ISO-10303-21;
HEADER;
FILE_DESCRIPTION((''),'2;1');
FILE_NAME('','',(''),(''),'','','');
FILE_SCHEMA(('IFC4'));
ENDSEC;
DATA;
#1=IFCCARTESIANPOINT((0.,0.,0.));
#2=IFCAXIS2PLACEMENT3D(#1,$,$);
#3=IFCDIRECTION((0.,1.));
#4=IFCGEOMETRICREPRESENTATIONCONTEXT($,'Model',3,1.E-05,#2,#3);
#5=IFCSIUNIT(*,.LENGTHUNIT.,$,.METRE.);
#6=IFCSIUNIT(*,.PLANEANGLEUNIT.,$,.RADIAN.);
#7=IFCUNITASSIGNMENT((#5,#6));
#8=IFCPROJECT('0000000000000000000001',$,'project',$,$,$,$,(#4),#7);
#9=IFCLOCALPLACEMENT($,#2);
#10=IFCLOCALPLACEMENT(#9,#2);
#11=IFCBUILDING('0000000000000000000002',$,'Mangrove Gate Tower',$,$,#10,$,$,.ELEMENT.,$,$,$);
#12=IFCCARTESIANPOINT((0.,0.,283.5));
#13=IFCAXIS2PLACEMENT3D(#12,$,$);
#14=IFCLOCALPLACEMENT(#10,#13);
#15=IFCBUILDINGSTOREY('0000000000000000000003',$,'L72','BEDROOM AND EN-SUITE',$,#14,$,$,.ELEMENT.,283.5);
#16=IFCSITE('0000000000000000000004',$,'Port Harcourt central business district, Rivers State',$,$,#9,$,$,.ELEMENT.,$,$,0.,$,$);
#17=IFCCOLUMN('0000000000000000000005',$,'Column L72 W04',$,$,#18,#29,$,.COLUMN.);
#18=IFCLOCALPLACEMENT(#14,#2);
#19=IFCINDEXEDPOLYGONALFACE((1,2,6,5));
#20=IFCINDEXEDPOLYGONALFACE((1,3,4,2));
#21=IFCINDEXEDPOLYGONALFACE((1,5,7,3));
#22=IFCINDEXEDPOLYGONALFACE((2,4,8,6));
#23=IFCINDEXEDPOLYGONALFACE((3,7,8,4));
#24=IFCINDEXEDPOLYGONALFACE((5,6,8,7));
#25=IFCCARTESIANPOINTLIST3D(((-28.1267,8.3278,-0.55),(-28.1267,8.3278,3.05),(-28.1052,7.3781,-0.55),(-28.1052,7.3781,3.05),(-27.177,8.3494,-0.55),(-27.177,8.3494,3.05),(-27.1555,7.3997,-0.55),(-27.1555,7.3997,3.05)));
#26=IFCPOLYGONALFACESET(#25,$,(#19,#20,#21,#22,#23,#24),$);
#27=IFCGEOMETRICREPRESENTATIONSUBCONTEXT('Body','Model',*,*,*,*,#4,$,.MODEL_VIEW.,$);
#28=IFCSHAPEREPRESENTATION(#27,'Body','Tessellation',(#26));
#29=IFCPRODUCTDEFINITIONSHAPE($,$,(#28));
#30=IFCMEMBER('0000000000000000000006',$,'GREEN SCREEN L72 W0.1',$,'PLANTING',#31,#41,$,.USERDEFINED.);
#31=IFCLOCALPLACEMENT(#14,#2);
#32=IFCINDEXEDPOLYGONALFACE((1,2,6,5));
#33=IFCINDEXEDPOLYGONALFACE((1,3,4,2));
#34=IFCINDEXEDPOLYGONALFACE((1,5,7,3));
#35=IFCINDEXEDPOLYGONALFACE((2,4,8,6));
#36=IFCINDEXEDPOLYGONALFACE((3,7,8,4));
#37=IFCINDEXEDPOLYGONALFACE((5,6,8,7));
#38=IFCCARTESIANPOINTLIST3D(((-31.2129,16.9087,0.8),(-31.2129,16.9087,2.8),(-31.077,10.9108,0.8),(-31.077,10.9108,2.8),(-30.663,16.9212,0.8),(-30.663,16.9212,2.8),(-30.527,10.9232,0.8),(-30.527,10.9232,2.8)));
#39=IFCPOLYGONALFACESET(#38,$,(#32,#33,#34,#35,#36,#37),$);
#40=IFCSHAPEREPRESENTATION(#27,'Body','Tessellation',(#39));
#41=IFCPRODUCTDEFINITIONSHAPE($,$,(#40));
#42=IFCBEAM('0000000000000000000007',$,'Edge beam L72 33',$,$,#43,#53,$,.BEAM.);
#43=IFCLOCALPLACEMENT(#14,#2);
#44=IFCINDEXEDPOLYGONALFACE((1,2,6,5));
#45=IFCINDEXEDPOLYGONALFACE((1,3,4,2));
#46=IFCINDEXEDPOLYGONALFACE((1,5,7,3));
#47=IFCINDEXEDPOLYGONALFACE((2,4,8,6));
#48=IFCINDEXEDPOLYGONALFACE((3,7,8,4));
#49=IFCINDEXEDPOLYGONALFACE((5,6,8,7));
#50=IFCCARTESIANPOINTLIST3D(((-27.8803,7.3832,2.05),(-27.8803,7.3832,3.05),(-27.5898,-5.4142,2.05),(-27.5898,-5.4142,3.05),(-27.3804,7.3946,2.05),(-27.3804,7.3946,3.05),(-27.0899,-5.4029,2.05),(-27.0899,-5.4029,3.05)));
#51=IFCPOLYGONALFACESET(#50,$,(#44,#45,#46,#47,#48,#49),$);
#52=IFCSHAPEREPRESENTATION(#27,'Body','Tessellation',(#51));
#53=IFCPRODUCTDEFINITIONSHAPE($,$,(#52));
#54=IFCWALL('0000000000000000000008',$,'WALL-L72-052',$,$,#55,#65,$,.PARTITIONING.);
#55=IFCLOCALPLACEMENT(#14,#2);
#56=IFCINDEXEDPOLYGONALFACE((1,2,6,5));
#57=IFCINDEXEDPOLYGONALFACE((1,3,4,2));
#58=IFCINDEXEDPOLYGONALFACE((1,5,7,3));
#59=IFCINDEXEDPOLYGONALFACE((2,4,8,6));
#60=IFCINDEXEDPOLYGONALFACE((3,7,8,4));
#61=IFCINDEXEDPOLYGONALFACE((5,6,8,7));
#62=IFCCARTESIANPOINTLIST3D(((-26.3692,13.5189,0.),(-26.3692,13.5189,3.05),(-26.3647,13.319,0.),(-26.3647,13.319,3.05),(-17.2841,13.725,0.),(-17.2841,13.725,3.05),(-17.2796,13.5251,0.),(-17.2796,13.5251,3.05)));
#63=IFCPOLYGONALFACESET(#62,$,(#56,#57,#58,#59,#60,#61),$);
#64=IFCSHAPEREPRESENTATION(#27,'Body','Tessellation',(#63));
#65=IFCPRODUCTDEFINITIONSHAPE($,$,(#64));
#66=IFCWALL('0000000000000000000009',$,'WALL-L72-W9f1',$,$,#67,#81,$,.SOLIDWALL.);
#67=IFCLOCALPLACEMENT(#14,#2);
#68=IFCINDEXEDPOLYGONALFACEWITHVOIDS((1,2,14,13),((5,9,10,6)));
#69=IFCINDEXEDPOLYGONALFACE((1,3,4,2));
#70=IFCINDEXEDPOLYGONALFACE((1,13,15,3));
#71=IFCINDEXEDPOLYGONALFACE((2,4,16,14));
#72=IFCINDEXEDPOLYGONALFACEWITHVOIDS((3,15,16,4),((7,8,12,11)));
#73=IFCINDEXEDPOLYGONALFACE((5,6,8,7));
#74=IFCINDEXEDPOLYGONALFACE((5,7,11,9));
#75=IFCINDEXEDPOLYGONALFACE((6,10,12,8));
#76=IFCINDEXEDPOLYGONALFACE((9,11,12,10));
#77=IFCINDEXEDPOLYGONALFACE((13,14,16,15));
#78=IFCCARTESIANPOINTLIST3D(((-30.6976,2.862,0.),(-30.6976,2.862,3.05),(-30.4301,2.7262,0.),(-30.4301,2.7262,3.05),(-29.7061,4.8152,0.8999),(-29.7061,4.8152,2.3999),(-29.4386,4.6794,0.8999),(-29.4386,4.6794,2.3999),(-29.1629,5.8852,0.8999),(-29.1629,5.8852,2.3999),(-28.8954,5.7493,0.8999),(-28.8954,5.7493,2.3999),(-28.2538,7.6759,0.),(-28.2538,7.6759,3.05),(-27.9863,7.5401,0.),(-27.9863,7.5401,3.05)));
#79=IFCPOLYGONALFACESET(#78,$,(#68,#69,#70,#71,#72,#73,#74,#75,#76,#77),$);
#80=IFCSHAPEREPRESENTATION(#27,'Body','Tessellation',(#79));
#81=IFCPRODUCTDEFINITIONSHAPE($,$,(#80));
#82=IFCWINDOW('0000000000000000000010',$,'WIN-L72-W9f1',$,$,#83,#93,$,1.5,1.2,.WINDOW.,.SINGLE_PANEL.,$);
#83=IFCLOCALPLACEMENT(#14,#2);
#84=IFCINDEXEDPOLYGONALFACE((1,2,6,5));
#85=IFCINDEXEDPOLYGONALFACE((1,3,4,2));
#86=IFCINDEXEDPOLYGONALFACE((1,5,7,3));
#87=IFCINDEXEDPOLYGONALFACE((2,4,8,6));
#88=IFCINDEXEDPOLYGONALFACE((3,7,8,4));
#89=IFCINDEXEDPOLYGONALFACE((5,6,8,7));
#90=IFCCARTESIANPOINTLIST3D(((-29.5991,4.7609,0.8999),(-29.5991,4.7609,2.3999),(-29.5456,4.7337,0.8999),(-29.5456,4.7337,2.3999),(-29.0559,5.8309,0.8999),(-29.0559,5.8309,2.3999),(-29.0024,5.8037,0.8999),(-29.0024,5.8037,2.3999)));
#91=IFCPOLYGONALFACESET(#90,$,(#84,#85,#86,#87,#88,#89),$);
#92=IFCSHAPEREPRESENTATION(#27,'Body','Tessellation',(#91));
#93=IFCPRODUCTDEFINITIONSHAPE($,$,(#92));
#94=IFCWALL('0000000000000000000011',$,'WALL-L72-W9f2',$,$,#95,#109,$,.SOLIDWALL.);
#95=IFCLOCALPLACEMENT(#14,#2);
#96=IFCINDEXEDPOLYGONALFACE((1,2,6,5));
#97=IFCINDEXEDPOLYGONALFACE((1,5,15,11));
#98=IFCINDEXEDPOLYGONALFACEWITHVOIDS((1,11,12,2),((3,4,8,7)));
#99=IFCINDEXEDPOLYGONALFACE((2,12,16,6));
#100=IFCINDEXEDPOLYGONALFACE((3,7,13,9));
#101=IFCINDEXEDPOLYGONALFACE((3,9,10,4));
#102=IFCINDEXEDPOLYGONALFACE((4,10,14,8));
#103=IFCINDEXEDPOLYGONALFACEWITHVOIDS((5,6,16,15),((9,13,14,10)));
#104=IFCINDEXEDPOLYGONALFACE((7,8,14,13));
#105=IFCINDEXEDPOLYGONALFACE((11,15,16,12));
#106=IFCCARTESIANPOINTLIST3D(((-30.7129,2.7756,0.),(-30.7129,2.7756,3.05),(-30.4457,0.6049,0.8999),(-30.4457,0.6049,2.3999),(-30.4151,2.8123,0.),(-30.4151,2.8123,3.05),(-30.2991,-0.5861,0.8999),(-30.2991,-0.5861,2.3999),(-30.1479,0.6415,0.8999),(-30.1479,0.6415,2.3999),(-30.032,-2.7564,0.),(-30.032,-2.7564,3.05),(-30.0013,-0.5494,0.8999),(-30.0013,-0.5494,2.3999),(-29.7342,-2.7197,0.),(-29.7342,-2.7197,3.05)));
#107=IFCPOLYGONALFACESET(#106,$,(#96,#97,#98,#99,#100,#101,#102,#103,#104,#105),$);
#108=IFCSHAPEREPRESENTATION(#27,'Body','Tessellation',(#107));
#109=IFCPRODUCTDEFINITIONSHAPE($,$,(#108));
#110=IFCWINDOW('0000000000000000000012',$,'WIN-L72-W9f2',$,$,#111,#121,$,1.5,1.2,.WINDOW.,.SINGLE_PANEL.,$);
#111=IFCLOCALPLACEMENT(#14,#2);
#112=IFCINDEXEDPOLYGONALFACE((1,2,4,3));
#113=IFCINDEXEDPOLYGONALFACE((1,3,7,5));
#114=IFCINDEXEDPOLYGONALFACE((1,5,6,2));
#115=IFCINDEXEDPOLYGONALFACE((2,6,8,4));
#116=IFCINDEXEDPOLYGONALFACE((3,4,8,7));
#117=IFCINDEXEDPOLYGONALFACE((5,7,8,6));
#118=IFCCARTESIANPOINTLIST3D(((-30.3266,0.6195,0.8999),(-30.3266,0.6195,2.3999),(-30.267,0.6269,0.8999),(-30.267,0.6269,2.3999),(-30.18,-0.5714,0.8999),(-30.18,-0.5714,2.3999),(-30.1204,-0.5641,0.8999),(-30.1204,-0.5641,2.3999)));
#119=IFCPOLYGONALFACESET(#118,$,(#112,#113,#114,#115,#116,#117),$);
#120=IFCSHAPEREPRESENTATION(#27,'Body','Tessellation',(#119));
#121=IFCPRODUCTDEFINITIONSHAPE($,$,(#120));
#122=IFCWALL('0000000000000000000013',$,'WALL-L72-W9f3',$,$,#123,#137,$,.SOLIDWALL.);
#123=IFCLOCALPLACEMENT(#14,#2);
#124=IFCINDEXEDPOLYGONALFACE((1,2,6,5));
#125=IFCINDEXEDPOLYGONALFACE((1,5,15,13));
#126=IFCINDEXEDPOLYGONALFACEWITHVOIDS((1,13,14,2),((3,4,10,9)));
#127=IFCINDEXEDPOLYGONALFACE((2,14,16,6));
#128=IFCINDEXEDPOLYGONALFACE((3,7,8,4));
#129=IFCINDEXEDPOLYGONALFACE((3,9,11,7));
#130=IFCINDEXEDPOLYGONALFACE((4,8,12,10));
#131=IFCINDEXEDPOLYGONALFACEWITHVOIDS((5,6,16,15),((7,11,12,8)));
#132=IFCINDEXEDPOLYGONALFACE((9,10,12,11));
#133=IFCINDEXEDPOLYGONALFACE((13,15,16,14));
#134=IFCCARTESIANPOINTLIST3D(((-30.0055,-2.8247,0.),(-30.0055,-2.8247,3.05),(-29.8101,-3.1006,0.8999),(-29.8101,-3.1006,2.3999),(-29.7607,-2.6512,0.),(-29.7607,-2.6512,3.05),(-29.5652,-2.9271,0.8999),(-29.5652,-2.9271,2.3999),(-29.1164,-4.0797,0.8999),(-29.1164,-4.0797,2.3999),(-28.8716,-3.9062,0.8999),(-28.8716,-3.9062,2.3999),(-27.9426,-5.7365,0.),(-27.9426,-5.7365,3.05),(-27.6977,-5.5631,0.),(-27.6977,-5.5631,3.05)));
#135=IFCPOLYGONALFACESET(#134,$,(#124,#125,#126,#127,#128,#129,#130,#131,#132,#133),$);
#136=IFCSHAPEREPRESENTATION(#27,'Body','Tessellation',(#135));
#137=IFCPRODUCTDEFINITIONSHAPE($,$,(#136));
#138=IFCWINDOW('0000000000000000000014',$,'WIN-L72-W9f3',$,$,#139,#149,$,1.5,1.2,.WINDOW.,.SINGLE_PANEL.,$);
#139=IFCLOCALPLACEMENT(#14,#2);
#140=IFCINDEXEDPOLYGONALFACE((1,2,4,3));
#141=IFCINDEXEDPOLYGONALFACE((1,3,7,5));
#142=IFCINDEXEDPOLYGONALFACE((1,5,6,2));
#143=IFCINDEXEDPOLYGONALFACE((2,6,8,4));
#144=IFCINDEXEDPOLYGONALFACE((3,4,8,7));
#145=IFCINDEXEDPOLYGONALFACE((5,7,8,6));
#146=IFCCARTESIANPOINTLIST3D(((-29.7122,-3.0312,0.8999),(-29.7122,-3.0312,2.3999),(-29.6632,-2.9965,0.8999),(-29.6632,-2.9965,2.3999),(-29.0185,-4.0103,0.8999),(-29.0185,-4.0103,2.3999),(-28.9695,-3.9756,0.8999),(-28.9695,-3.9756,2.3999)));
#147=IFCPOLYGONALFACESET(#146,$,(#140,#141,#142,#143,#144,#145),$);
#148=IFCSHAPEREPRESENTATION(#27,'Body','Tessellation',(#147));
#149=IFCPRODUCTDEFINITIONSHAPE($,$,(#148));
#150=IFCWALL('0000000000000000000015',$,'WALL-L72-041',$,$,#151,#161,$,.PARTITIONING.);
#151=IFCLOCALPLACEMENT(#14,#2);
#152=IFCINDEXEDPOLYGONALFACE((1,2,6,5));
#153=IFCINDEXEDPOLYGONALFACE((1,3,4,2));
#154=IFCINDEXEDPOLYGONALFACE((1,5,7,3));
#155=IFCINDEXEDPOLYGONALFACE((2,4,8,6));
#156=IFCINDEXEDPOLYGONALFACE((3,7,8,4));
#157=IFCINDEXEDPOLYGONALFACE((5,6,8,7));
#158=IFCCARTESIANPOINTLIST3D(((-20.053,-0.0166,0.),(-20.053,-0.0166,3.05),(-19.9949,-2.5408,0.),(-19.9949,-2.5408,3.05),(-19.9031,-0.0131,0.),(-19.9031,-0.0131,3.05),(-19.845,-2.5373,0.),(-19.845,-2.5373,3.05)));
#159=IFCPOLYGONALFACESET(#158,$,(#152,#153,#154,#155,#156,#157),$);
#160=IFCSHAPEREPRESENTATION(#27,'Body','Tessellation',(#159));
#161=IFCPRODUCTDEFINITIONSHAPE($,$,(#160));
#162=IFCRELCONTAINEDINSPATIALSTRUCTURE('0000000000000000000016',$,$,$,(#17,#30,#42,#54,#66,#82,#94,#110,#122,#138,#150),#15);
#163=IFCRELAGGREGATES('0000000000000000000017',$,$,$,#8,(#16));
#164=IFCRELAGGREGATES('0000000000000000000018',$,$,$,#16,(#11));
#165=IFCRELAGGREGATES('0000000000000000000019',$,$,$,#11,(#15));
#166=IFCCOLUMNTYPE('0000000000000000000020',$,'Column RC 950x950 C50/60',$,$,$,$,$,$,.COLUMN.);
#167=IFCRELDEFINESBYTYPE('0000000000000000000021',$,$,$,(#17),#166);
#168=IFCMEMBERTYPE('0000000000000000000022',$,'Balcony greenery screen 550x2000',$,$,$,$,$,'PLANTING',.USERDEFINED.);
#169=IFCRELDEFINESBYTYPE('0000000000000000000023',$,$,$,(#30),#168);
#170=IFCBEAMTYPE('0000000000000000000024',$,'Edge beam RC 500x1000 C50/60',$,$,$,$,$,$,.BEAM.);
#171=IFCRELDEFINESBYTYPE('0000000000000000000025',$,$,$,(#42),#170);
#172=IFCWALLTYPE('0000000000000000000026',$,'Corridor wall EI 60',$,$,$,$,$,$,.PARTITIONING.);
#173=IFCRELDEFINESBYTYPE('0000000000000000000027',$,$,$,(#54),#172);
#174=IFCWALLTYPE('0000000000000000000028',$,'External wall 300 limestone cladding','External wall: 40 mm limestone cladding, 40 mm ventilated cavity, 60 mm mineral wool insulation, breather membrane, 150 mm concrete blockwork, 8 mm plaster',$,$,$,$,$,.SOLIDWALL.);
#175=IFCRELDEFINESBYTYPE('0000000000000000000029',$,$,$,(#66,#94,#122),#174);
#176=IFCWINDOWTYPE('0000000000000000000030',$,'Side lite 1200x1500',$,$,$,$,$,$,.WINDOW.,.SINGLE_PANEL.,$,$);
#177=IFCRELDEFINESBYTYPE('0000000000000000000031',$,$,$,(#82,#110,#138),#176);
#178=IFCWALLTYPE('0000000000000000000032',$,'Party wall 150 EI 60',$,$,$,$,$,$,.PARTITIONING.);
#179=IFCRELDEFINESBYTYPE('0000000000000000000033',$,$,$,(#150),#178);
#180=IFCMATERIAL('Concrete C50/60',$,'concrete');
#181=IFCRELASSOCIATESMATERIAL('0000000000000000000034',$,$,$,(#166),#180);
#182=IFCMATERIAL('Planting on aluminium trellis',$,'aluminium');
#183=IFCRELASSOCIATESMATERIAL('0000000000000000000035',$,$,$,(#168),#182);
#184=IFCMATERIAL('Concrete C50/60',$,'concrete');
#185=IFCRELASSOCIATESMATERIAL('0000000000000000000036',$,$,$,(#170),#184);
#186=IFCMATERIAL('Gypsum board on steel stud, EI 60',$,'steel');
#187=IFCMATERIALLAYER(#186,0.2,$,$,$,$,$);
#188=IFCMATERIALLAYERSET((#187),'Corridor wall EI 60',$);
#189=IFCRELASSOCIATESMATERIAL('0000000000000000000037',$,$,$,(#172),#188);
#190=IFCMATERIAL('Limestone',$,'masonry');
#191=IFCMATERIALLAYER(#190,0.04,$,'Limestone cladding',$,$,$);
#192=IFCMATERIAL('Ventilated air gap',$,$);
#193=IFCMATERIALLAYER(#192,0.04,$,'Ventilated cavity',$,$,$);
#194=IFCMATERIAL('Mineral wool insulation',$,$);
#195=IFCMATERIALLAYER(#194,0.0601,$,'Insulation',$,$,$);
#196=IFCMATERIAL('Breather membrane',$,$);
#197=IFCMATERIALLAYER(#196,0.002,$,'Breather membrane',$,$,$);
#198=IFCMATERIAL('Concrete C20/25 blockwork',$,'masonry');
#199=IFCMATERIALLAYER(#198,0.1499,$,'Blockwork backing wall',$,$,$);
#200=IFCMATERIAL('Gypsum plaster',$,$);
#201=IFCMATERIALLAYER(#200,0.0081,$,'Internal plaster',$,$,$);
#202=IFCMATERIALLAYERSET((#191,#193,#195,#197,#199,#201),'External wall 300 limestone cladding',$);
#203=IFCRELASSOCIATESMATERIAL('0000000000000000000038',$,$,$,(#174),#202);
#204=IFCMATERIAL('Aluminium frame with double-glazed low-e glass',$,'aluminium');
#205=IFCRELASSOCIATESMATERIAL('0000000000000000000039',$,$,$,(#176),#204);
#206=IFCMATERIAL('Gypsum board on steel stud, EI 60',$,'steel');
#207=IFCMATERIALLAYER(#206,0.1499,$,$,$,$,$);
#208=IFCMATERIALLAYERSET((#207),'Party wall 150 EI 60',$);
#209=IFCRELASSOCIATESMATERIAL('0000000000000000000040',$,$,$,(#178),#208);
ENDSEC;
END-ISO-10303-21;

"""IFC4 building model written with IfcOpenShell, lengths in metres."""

from ifc_helpers import new_model, si_unit, direction, frame, frame_2d, origin, origin_2d, place, context, subcontext, project, spatial, rectangle, extrude, material, layer, layer_set, material_profile, profile_set, type_object, element, fill, save


model = new_model("IFC4")

# Units and contexts
model_context = context("Model", 3, precision=1e-05, world=origin(), true_north=direction((0.0, 1.0)))
body_context = subcontext(model_context, "Body", "Model", "MODEL_VIEW")
ifc_project = project(units=[si_unit("LENGTHUNIT", "METRE"), si_unit("PLANEANGLEUNIT", "RADIAN")], contexts=[model_context])

# Site, building, storey
site_placement = place(None, origin())
site = spatial("IfcSite", under=ifc_project, at=site_placement, Name="Port Harcourt central business district, Rivers State", CompositionType="ELEMENT", RefElevation=0.0)
building_placement = place(site_placement, origin())
building = spatial("IfcBuilding", under=site, at=building_placement, Name="Mangrove Gate Tower", CompositionType="ELEMENT")
storey_placement = place(building_placement, frame((0.0, 0.0, 283.5)))
storey = spatial("IfcBuildingStorey", under=building, at=storey_placement, Name="L72", Description="BEDROOM AND EN-SUITE", CompositionType="ELEMENT", Elevation=283.5)

# Column
ifc_material_1 = material(Name="Concrete C50/60", Category="concrete")
ifc_material_profile_1 = material_profile(ifc_material_1, rectangle(XDim=0.95, YDim=0.95, at=origin_2d()))
ifc_profile_set_1 = profile_set([ifc_material_profile_1], Name="Concrete C50/60")
column_type = type_object("IfcColumnType", Name="Column RC 950x950 C50/60", PredefinedType="COLUMN", material=ifc_profile_set_1)
column_placement = place(storey_placement, frame((-27.6411, 7.8638, -0.55), z_axis=(0.0, 0.0, 1.0), x_axis=(0.022688, -0.999743, 0.0)))
element("IfcColumn", 1, at=column_placement, inside=storey, type_object=column_type, Name="Column L72 W04", PredefinedType="COLUMN", context=body_context, shape_type="SweptSolid", body=[
    extrude(rectangle(XDim=0.95, YDim=0.95, at=origin_2d()), origin(), (0.0, 0.0, 1.0), 3.6001),
])

# Member
ifc_material_2 = material(Name="Planting on aluminium trellis", Category="aluminium")
ifc_material_profile_2 = material_profile(ifc_material_2, rectangle(XDim=0.55, YDim=2.0, at=origin_2d()))
ifc_profile_set_2 = profile_set([ifc_material_profile_2], Name="Planting on aluminium trellis")
member_type = type_object("IfcMemberType", Name="Balcony greenery screen 550x2000", ElementType="PLANTING", PredefinedType="USERDEFINED", material=ifc_profile_set_2)
member_placement = place(storey_placement, frame((-30.802, 10.917, 1.8), z_axis=(-0.022666, 0.999743, 0.0), x_axis=(-0.999743, -0.022666, 0.0)))
element("IfcMember", 2, at=member_placement, inside=storey, type_object=member_type, Name="GREEN SCREEN L72 W0.1", ObjectType="PLANTING", PredefinedType="USERDEFINED", context=body_context, shape_type="SweptSolid", body=[
    extrude(rectangle(XDim=0.55, YDim=2.0, at=origin_2d()), origin(), (0.0, 0.0, 1.0), 5.9995),
])

# Beam
ifc_material_3 = material(Name="Concrete C50/60", Category="concrete")
ifc_material_profile_3 = material_profile(ifc_material_3, rectangle(XDim=0.5, YDim=1.0, at=origin_2d()))
ifc_profile_set_3 = profile_set([ifc_material_profile_3], Name="Concrete C50/60")
beam_type = type_object("IfcBeamType", Name="Edge beam RC 500x1000 C50/60", PredefinedType="BEAM", material=ifc_profile_set_3)
beam_placement = place(storey_placement, frame((-27.6304, 7.3889, 2.55), z_axis=(0.022696, -0.999742, 0.0), x_axis=(0.999742, 0.022696, 0.0)))
element("IfcBeam", 3, at=beam_placement, inside=storey, type_object=beam_type, Name="Edge beam L72 33", PredefinedType="BEAM", context=body_context, shape_type="SweptSolid", body=[
    extrude(rectangle(XDim=0.5, YDim=1.0, at=origin_2d()), origin(), (0.0, 0.0, 1.0), 12.8008),
])

# Wall
ifc_material_4 = material(Name="Gypsum board on steel stud, EI 60", Category="steel")
ifc_layer_1 = layer(ifc_material_4, 0.2)
ifc_layer_set_1 = layer_set([ifc_layer_1], Name="Corridor wall EI 60")
wall_type_1 = type_object("IfcWallType", Name="Corridor wall EI 60", PredefinedType="PARTITIONING", material=ifc_layer_set_1)
wall_1_placement = place(storey_placement, frame((-26.3669, 13.4189, 0.0), z_axis=(0.0, 0.0, 1.0), x_axis=(0.999743, 0.022675, 0.0)))
element("IfcWall", 4, at=wall_1_placement, inside=storey, type_object=wall_type_1, Name="WALL-L72-052", PredefinedType="PARTITIONING", context=body_context, shape_type="SweptSolid", body=[
    extrude(rectangle(XDim=9.0874, YDim=0.2, at=frame_2d((4.5437, 0.0))), origin(), (0.0, 0.0, 1.0), 3.05),
])

# Walls, openings, windows
ifc_material_5 = material(Name="Limestone", Category="masonry")
ifc_layer_2 = layer(ifc_material_5, 0.04, Name="Limestone cladding")
ifc_material_6 = material(Name="Ventilated air gap")
ifc_layer_3 = layer(ifc_material_6, 0.04, Name="Ventilated cavity")
ifc_material_7 = material(Name="Mineral wool insulation")
ifc_layer_4 = layer(ifc_material_7, 0.0601, Name="Insulation")
ifc_material_8 = material(Name="Breather membrane")
ifc_layer_5 = layer(ifc_material_8, 0.002, Name="Breather membrane")
ifc_material_9 = material(Name="Concrete C20/25 blockwork", Category="masonry")
ifc_layer_6 = layer(ifc_material_9, 0.1499, Name="Blockwork backing wall")
ifc_material_10 = material(Name="Gypsum plaster")
ifc_layer_7 = layer(ifc_material_10, 0.0081, Name="Internal plaster")
ifc_layer_set_2 = layer_set([ifc_layer_2, ifc_layer_3, ifc_layer_4, ifc_layer_5, ifc_layer_6, ifc_layer_7], Name="External wall 300 limestone cladding")
wall_type_2 = type_object("IfcWallType", Name="External wall 300 limestone cladding", Description="External wall: 40 mm limestone cladding, 40 mm ventilated cavity, 60 mm mineral wool insulation, breather membrane, 150 mm concrete blockwork, 8 mm plaster", PredefinedType="SOLIDWALL", material=ifc_layer_set_2)
wall_2_placement = place(storey_placement, frame((-28.1201, 7.6079, 0.0), z_axis=(0.0, 0.0, 1.0), x_axis=(-0.452668, -0.891679, 0.0)))
wall_2 = element("IfcWall", 5, at=wall_2_placement, inside=storey, type_object=wall_type_2, Name="WALL-L72-W9f1", PredefinedType="SOLIDWALL", context=body_context, shape_type="SweptSolid", body=[
    extrude(rectangle(XDim=5.3987, YDim=0.3, at=frame_2d((2.6992, 0.0))), origin(), (0.0, 0.0, 1.0), 3.05),
])
opening_1_placement = place(wall_2_placement, frame((2.0081, 0.0, 0.8999)))
opening_1 = element("IfcOpeningElement", 6, at=opening_1_placement, cuts=wall_2, PredefinedType="OPENING", context=body_context, shape_type="SweptSolid", body=[
    extrude(rectangle(XDim=1.2, YDim=1.5, at=frame_2d((0.6001, 0.75))), frame((0.0, 0.1599, 0.0), z_axis=(0.0, -1.0, 0.0), x_axis=(1.0, 0.0, 0.0)), (0.0, 0.0, 1.0), 0.3201),
])
ifc_material_11 = material(Name="Aluminium frame with double-glazed low-e glass", Category="aluminium")
window_type = type_object("IfcWindowType", Name="Side lite 1200x1500", PartitioningType="SINGLE_PANEL", PredefinedType="WINDOW", material=ifc_material_11)
window_1_placement = place(opening_1_placement, origin())
window_1 = element("IfcWindow", 7, at=window_1_placement, inside=storey, type_object=window_type, Name="WIN-L72-W9f1", OverallHeight=1.5, OverallWidth=1.2, PartitioningType="SINGLE_PANEL", PredefinedType="WINDOW", context=body_context, shape_type="SweptSolid", body=[
    extrude(rectangle(XDim=1.2, YDim=1.5, at=frame_2d((0.6001, 0.75))), frame((0.0, 0.03, 0.0), z_axis=(0.0, -1.0, 0.0), x_axis=(1.0, 0.0, 0.0)), (0.0, 0.0, 1.0), 0.0601),
])
fill(opening_1, window_1)
wall_3_placement = place(storey_placement, frame((-30.564, 2.7939, 0.0), z_axis=(0.0, 0.0, 1.0), x_axis=(0.122164, -0.99251, 0.0)))
wall_3 = element("IfcWall", 8, at=wall_3_placement, inside=storey, type_object=wall_type_2, Name="WALL-L72-W9f2", PredefinedType="SOLIDWALL", context=body_context, shape_type="SweptSolid", body=[
    extrude(rectangle(XDim=5.5737, YDim=0.3, at=frame_2d((2.7869, 0.0))), origin(), (0.0, 0.0, 1.0), 3.05),
])
opening_2_placement = place(wall_3_placement, frame((2.187, 0.0, 0.8999)))
opening_2 = element("IfcOpeningElement", 9, at=opening_2_placement, cuts=wall_3, PredefinedType="OPENING", context=body_context, shape_type="SweptSolid", body=[
    extrude(rectangle(XDim=1.2, YDim=1.5, at=frame_2d((0.6001, 0.75))), frame((0.0, 0.1599, 0.0), z_axis=(0.0, -1.0, 0.0), x_axis=(1.0, 0.0, 0.0)), (0.0, 0.0, 1.0), 0.3201),
])
window_2_placement = place(opening_2_placement, origin())
window_2 = element("IfcWindow", 10, at=window_2_placement, inside=storey, type_object=window_type, Name="WIN-L72-W9f2", OverallHeight=1.5, OverallWidth=1.2, PartitioningType="SINGLE_PANEL", PredefinedType="WINDOW", context=body_context, shape_type="SweptSolid", body=[
    extrude(rectangle(XDim=1.2, YDim=1.5, at=frame_2d((0.6001, 0.75))), frame((0.0, 0.03, 0.0), z_axis=(0.0, -1.0, 0.0), x_axis=(1.0, 0.0, 0.0)), (0.0, 0.0, 1.0), 0.0601),
])
fill(opening_2, window_2)
wall_4_placement = place(storey_placement, frame((-29.8831, -2.738, 0.0), z_axis=(0.0, 0.0, 1.0), x_axis=(0.578095, -0.815969, 0.0)))
wall_4 = element("IfcWall", 11, at=wall_4_placement, inside=storey, type_object=wall_type_2, Name="WALL-L72-W9f3", PredefinedType="SOLIDWALL", context=body_context, shape_type="SweptSolid", body=[
    extrude(rectangle(XDim=3.5686, YDim=0.3, at=frame_2d((1.7842, 0.0))), origin(), (0.0, 0.0, 1.0), 3.05),
])
opening_3_placement = place(wall_4_placement, frame((0.3379, 0.0, 0.8999)))
opening_3 = element("IfcOpeningElement", 12, at=opening_3_placement, cuts=wall_4, PredefinedType="OPENING", context=body_context, shape_type="SweptSolid", body=[
    extrude(rectangle(XDim=1.2, YDim=1.5, at=frame_2d((0.6001, 0.75))), frame((0.0, 0.1599, 0.0), z_axis=(0.0, -1.0, 0.0), x_axis=(1.0, 0.0, 0.0)), (0.0, 0.0, 1.0), 0.3201),
])
window_3_placement = place(opening_3_placement, origin())
window_3 = element("IfcWindow", 13, at=window_3_placement, inside=storey, type_object=window_type, Name="WIN-L72-W9f3", OverallHeight=1.5, OverallWidth=1.2, PartitioningType="SINGLE_PANEL", PredefinedType="WINDOW", context=body_context, shape_type="SweptSolid", body=[
    extrude(rectangle(XDim=1.2, YDim=1.5, at=frame_2d((0.6001, 0.75))), frame((0.0, 0.03, 0.0), z_axis=(0.0, -1.0, 0.0), x_axis=(1.0, 0.0, 0.0)), (0.0, 0.0, 1.0), 0.0601),
])
fill(opening_3, window_3)

# Wall
ifc_material_12 = material(Name="Gypsum board on steel stud, EI 60", Category="steel")
ifc_layer_8 = layer(ifc_material_12, 0.1499)
ifc_layer_set_3 = layer_set([ifc_layer_8], Name="Party wall 150 EI 60")
wall_type_3 = type_object("IfcWallType", Name="Party wall 150 EI 60", PredefinedType="PARTITIONING", material=ifc_layer_set_3)
wall_5_placement = place(storey_placement, frame((-19.9199, -2.5391, 0.0), z_axis=(0.0, 0.0, 1.0), x_axis=(-0.023014, 0.999735, 0.0)))
element("IfcWall", 14, at=wall_5_placement, inside=storey, type_object=wall_type_3, Name="WALL-L72-041", PredefinedType="PARTITIONING", context=body_context, shape_type="SweptSolid", body=[
    extrude(rectangle(XDim=2.5249, YDim=0.1499, at=frame_2d((1.2625, 0.0))), origin(), (0.0, 0.0, 1.0), 3.05),
])

save(model, "model.ifc")
